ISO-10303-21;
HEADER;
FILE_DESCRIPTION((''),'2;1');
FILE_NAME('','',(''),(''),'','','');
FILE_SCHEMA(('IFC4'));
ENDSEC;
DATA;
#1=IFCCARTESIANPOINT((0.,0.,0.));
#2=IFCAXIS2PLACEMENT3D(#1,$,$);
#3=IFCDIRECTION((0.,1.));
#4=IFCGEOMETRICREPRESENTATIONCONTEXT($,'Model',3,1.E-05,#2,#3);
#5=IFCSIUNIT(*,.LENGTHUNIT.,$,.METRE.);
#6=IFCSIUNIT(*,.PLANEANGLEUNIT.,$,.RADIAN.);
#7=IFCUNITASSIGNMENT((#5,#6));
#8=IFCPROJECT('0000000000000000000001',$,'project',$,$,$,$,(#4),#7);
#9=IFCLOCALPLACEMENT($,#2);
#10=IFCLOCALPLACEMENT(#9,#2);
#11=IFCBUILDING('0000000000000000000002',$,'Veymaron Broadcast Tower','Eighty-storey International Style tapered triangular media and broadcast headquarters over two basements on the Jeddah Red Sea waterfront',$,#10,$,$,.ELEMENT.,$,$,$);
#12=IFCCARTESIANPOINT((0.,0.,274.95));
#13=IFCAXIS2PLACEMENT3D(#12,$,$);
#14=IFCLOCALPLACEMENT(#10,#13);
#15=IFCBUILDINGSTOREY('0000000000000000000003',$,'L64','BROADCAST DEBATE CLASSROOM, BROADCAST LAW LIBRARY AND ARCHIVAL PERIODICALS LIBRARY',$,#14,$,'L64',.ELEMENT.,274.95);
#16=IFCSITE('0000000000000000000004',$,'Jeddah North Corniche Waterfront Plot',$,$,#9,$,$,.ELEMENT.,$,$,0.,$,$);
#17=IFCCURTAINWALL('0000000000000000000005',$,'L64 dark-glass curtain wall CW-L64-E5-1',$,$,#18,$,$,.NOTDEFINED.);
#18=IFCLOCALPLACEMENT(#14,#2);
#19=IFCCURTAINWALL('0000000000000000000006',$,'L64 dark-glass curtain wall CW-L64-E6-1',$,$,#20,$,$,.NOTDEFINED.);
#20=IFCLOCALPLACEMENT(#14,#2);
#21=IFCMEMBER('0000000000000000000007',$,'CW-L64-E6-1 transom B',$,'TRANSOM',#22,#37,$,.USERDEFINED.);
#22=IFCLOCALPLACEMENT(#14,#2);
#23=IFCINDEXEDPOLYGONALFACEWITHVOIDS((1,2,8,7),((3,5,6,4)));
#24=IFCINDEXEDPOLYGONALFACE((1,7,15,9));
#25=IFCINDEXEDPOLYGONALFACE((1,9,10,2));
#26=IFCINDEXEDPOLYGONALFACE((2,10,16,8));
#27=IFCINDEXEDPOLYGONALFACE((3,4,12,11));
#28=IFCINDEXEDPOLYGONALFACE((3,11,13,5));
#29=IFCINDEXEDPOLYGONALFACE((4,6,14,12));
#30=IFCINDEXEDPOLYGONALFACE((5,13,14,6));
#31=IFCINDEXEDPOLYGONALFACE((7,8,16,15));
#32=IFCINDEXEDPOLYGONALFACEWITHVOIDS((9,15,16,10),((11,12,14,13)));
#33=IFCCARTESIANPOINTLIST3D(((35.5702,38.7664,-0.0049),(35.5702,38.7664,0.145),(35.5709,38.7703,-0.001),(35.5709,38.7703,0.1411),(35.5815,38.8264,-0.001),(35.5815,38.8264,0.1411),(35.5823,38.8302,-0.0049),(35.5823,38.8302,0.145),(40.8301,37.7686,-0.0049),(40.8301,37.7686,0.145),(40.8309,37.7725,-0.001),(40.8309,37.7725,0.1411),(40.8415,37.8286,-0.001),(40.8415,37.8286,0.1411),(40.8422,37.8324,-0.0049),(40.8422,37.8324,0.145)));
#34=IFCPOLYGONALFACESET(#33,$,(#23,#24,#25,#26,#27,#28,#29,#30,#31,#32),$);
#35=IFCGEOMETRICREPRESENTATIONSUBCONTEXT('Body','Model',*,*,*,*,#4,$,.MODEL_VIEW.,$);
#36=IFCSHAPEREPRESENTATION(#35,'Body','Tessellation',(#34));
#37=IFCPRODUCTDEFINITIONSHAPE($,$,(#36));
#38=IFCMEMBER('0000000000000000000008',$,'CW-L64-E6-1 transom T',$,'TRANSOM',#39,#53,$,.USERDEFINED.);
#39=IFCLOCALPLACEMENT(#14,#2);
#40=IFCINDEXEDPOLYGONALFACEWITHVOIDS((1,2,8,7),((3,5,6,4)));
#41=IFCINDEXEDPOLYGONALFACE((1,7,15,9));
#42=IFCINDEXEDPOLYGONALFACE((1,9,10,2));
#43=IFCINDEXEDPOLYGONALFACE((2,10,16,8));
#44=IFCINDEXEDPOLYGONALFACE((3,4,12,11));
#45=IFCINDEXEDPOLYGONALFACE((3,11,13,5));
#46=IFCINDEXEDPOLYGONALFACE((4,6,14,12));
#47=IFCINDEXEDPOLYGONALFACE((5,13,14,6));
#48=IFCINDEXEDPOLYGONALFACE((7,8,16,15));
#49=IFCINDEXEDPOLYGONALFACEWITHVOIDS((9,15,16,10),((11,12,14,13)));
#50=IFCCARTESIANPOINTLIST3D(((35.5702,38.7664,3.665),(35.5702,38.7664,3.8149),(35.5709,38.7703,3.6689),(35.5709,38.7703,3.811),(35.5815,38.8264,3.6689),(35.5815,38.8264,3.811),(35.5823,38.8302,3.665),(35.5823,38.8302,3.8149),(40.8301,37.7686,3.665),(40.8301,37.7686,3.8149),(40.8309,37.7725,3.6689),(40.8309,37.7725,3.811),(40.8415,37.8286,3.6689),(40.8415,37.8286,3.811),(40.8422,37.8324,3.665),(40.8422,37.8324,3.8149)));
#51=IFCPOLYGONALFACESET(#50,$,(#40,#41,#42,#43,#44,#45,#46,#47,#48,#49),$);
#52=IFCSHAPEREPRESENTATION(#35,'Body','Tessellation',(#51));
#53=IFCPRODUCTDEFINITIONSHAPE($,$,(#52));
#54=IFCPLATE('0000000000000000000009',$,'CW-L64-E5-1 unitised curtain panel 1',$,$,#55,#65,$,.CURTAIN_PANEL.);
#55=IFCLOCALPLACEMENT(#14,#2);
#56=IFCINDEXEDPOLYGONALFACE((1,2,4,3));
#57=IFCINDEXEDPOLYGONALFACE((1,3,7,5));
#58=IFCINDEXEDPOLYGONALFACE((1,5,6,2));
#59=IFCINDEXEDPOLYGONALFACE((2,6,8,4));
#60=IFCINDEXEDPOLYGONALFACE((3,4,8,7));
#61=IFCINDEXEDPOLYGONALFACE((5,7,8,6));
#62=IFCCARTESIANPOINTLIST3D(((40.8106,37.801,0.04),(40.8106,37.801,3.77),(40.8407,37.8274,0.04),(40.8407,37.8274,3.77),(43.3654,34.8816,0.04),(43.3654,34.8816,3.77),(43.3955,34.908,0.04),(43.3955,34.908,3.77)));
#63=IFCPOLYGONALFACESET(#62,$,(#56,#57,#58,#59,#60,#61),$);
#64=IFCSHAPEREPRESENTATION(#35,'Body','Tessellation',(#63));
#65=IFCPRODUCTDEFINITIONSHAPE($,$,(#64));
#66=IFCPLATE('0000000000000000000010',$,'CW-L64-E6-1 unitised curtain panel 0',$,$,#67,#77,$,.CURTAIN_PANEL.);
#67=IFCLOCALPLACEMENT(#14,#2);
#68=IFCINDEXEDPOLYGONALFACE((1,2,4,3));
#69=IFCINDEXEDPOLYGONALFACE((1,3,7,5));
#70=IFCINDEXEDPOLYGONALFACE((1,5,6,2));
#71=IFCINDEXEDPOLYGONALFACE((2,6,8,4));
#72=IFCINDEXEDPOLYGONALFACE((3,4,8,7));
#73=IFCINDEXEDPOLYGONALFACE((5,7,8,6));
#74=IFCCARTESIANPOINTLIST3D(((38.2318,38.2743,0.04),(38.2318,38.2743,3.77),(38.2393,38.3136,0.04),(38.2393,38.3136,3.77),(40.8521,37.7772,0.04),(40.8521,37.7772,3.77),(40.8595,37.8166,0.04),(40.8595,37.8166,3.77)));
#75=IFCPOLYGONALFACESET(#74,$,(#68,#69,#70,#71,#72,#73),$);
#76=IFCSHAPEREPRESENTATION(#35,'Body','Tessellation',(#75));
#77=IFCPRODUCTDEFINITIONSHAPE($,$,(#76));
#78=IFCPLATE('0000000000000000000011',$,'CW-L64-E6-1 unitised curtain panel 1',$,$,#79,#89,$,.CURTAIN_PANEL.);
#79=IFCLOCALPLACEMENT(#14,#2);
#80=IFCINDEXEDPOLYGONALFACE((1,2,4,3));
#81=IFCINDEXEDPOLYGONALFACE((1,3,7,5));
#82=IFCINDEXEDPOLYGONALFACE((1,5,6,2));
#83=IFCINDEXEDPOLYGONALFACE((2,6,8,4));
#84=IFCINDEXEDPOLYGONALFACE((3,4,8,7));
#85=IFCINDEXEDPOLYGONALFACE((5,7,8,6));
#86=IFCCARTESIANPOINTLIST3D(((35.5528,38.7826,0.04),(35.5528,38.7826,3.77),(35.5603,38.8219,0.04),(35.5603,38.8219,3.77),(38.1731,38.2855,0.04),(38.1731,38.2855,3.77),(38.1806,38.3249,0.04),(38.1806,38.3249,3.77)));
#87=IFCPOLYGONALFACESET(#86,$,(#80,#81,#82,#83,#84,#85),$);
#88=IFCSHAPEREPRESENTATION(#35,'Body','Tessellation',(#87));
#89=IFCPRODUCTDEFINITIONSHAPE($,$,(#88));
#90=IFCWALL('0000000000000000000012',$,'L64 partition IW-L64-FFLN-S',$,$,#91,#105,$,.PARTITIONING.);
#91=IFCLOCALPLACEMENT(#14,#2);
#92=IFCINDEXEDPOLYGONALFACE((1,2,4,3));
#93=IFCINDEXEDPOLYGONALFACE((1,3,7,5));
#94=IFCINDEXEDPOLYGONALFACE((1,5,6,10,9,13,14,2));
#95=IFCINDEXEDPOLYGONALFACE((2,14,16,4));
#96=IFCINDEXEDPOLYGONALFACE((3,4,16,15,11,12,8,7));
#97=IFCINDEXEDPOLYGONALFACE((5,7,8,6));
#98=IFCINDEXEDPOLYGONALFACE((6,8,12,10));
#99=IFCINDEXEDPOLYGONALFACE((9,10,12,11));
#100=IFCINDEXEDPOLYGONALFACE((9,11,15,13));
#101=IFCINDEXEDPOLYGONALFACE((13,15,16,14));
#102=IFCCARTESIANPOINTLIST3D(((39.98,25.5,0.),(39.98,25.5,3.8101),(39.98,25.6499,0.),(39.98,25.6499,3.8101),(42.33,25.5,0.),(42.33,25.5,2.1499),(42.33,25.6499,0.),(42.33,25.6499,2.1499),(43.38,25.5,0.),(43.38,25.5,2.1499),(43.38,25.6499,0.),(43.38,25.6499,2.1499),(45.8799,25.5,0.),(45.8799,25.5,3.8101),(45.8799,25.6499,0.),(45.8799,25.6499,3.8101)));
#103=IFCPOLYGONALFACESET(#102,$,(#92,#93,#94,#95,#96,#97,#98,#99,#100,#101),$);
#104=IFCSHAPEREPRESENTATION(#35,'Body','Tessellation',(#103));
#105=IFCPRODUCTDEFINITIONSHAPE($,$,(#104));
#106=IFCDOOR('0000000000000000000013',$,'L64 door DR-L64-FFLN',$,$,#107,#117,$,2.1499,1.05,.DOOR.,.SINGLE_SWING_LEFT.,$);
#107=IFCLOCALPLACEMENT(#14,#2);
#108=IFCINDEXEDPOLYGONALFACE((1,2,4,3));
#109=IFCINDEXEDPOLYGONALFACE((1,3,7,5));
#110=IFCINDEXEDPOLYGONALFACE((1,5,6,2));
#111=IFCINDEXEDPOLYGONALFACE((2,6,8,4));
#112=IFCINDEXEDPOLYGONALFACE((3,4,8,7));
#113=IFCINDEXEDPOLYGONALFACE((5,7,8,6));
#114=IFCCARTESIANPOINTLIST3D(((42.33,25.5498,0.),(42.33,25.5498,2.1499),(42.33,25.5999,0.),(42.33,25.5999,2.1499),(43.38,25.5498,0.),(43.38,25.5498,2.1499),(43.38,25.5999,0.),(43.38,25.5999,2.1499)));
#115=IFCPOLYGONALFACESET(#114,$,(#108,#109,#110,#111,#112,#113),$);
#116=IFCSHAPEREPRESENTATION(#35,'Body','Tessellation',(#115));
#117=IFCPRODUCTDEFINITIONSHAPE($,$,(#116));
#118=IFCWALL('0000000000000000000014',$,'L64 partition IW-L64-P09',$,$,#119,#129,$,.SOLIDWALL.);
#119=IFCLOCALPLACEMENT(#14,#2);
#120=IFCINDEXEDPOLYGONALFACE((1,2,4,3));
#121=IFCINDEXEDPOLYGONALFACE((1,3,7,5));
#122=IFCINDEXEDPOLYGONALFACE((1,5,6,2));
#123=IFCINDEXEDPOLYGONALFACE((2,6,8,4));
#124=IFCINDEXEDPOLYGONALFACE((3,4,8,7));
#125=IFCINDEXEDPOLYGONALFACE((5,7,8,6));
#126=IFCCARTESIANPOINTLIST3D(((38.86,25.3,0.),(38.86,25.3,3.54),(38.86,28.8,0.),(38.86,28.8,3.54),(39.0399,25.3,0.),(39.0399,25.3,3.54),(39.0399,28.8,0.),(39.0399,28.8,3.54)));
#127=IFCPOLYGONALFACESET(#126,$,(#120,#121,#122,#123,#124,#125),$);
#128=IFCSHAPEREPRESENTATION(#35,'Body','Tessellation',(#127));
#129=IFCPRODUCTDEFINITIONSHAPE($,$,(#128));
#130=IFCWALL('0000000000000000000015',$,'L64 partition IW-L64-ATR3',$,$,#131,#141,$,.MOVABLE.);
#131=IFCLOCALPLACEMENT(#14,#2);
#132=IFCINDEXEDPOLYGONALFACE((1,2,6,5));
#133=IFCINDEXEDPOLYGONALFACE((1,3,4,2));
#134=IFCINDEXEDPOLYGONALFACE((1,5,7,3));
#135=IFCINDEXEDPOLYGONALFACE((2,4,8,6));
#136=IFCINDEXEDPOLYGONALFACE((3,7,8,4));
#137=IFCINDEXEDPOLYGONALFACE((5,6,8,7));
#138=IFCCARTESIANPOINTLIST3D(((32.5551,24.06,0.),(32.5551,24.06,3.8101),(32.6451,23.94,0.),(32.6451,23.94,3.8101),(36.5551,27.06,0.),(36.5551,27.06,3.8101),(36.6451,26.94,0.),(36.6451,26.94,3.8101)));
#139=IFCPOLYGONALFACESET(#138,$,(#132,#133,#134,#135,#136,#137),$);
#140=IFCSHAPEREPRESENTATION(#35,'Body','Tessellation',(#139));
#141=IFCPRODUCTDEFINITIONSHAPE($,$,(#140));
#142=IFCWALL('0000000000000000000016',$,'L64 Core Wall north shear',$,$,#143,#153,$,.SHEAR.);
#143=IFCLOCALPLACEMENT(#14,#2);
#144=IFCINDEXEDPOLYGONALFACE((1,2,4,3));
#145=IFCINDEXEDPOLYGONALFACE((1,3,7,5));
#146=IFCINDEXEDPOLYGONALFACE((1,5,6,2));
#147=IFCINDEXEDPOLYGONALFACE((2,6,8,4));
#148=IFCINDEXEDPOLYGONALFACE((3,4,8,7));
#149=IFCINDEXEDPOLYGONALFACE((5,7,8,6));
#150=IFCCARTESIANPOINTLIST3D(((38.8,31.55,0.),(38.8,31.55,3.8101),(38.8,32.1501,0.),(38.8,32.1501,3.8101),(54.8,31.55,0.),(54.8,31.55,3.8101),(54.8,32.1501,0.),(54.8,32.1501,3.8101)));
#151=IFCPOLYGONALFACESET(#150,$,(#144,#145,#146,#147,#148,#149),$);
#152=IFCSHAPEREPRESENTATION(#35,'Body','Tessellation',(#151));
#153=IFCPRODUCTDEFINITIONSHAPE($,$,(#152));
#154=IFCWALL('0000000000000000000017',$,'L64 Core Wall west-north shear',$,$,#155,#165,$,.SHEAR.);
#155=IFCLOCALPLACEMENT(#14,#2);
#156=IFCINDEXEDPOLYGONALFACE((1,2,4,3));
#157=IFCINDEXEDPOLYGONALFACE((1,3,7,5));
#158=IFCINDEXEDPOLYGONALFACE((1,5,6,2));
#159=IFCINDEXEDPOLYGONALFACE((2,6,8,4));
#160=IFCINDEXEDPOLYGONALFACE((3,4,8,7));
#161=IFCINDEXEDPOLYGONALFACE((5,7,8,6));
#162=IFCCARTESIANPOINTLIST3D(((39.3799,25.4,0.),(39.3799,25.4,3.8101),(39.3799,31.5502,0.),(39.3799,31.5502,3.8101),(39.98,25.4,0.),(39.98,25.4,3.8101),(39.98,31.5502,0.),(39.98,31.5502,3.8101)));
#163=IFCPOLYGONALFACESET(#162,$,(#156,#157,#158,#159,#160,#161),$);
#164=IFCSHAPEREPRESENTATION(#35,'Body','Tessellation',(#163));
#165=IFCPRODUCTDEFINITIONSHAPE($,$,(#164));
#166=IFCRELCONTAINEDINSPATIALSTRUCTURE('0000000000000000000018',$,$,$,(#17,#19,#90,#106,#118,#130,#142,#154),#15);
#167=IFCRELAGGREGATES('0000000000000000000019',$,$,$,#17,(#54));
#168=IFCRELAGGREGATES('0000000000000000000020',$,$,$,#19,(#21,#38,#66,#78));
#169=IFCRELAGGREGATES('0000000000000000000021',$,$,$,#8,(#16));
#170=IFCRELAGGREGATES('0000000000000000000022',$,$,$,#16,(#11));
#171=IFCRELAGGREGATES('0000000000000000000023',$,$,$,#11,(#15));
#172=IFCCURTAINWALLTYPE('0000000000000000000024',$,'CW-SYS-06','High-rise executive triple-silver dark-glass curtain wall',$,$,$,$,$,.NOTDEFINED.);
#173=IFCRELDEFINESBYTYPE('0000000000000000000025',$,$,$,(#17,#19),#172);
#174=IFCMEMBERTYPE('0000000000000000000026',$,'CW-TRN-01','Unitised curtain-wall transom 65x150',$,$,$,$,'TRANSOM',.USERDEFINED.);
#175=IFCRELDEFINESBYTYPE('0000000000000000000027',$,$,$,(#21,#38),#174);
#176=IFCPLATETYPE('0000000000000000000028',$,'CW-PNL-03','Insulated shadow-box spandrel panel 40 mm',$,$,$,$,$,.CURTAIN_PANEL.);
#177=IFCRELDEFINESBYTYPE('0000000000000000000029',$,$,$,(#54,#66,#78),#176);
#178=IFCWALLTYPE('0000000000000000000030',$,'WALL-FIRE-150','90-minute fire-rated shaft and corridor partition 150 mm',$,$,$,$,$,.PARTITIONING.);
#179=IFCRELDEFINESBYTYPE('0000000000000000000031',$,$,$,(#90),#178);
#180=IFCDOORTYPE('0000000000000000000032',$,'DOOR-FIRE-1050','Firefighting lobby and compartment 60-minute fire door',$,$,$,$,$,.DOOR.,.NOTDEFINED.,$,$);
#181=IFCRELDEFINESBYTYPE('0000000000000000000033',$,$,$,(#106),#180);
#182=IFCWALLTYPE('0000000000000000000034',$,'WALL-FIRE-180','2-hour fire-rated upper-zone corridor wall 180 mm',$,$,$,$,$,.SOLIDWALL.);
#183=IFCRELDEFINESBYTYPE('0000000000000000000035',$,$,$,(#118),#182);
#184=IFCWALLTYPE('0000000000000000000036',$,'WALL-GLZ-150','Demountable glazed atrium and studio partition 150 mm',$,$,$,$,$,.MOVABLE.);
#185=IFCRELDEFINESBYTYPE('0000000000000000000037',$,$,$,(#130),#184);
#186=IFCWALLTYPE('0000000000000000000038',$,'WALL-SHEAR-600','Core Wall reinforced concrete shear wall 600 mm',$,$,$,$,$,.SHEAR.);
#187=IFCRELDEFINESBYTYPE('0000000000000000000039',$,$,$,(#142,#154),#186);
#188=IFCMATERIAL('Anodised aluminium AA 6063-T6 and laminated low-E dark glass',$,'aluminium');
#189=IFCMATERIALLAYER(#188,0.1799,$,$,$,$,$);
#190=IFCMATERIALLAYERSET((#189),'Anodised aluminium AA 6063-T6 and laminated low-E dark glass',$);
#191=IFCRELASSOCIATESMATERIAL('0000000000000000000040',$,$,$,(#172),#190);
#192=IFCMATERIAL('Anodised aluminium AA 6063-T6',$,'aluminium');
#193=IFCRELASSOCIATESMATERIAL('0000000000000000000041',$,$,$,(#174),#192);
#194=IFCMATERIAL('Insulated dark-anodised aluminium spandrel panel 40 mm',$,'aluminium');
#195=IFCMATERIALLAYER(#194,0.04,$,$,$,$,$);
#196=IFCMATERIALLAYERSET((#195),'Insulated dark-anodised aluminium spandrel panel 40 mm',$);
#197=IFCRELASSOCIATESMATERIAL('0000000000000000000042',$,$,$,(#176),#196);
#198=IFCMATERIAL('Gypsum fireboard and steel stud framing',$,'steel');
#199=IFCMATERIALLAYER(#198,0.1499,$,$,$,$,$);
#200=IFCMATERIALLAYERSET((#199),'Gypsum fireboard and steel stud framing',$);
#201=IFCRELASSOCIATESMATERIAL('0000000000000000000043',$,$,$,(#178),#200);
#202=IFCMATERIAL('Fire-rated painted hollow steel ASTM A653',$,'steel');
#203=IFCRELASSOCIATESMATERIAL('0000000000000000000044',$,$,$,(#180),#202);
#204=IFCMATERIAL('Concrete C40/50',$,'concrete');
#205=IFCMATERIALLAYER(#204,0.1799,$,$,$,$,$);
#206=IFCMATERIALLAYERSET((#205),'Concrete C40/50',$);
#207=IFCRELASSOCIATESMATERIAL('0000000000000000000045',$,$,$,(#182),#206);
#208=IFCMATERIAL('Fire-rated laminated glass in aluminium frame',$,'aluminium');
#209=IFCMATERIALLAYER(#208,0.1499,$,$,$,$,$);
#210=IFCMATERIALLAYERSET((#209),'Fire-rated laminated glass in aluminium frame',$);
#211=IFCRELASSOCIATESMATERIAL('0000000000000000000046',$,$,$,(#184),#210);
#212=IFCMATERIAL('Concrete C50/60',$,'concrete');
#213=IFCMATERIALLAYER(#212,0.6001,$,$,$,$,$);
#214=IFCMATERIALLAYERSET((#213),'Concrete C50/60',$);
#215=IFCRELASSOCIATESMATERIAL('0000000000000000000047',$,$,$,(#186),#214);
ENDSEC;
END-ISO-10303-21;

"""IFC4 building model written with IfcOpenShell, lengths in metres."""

from ifc_helpers import new_model, si_unit, direction, frame, frame_2d, origin, origin_2d, place, context, subcontext, project, spatial, rectangle, hollow_rectangle, extrude, material, layer, layer_set, material_profile, profile_set, type_object, element, fill, aggregate, save


model = new_model("IFC4")

# Units and contexts
model_context = context("Model", 3, precision=1e-05, world=origin(), true_north=direction((0.0, 1.0)))
body_context = subcontext(model_context, "Body", "Model", "MODEL_VIEW")
ifc_project = project(units=[si_unit("LENGTHUNIT", "METRE"), si_unit("PLANEANGLEUNIT", "RADIAN")], contexts=[model_context])

# Site, building, storey
site_placement = place(None, origin())
site = spatial("IfcSite", under=ifc_project, at=site_placement, Name="Jeddah North Corniche Waterfront Plot", CompositionType="ELEMENT", RefElevation=0.0)
building_placement = place(site_placement, origin())
building = spatial("IfcBuilding", under=site, at=building_placement, Name="Veymaron Broadcast Tower", Description="Eighty-storey International Style tapered triangular media and broadcast headquarters over two basements on the Jeddah Red Sea waterfront", CompositionType="ELEMENT")
storey_placement = place(building_placement, frame((0.0, 0.0, 274.95)))
storey = spatial("IfcBuildingStorey", under=building, at=storey_placement, Name="L64", Description="BROADCAST DEBATE CLASSROOM, BROADCAST LAW LIBRARY AND ARCHIVAL PERIODICALS LIBRARY", LongName="L64", CompositionType="ELEMENT", Elevation=274.95)

# Curtain walls, members
ifc_material_1 = material(Name="Anodised aluminium AA 6063-T6 and laminated low-E dark glass", Category="aluminium")
ifc_layer_1 = layer(ifc_material_1, 0.1799)
ifc_layer_set_1 = layer_set([ifc_layer_1], Name="Anodised aluminium AA 6063-T6 and laminated low-E dark glass")
curtain_wall_type = type_object("IfcCurtainWallType", Name="CW-SYS-06", Description="High-rise executive triple-silver dark-glass curtain wall", PredefinedType="NOTDEFINED", material=ifc_layer_set_1)
curtain_wall_1_placement = place(storey_placement, origin())
curtain_wall_1 = element("IfcCurtainWall", 1, at=curtain_wall_1_placement, inside=storey, type_object=curtain_wall_type, Name="L64 dark-glass curtain wall CW-L64-E5-1", PredefinedType="NOTDEFINED")
ifc_material_2 = material(Name="Anodised aluminium AA 6063-T6", Category="aluminium")
curtain_wall_2_placement = place(storey_placement, origin())
curtain_wall_2 = element("IfcCurtainWall", 2, at=curtain_wall_2_placement, inside=storey, type_object=curtain_wall_type, Name="L64 dark-glass curtain wall CW-L64-E6-1", PredefinedType="NOTDEFINED")
ifc_material_profile_1 = material_profile(ifc_material_2, hollow_rectangle(XDim=0.0649, YDim=0.1499, WallThickness=0.0039, at=origin_2d()), Name="AL150X65X4")
ifc_profile_set_1 = profile_set([ifc_material_profile_1], Name="Anodised aluminium AA 6063-T6")
member_type_1 = type_object("IfcMemberType", Name="CW-TRN-01", Description="Unitised curtain-wall transom 65x150", ElementType="TRANSOM", PredefinedType="USERDEFINED", material=ifc_profile_set_1)
member_1_placement = place(storey_placement, frame((40.8362, 37.8005, 0.0701), z_axis=(-0.982479, 0.186372, 0.0), x_axis=(-0.186372, -0.982479, 0.0)))
member_1 = element("IfcMember", 3, at=member_1_placement, type_object=member_type_1, Name="CW-L64-E6-1 transom B", ObjectType="TRANSOM", PredefinedType="USERDEFINED", context=body_context, shape_type="SweptSolid", body=[
    extrude(hollow_rectangle(XDim=0.0649, YDim=0.1499, WallThickness=0.0039, at=origin_2d()), origin(), (0.0, 0.0, 1.0), 5.3538),
])
member_2_placement = place(storey_placement, frame((40.8362, 37.8005, 3.74), z_axis=(-0.982479, 0.186372, 0.0), x_axis=(-0.186372, -0.982479, 0.0)))
member_2 = element("IfcMember", 4, at=member_2_placement, type_object=member_type_1, Name="CW-L64-E6-1 transom T", ObjectType="TRANSOM", PredefinedType="USERDEFINED", context=body_context, shape_type="SweptSolid", body=[
    extrude(hollow_rectangle(XDim=0.0649, YDim=0.1499, WallThickness=0.0039, at=origin_2d()), origin(), (0.0, 0.0, 1.0), 5.3538),
])

# Plates
ifc_material_3 = material(Name="Insulated dark-anodised aluminium spandrel panel 40 mm", Category="aluminium")
ifc_layer_2 = layer(ifc_material_3, 0.04)
ifc_layer_set_2 = layer_set([ifc_layer_2], Name="Insulated dark-anodised aluminium spandrel panel 40 mm")
plate_type = type_object("IfcPlateType", Name="CW-PNL-03", Description="Insulated shadow-box spandrel panel 40 mm", PredefinedType="CURTAIN_PANEL", material=ifc_layer_set_2)
plate_1_placement = place(storey_placement, frame((42.103, 36.3545, 0.04), z_axis=(0.0, 0.0, 1.0), x_axis=(-0.658558, 0.75253, 0.0)))
plate_1 = element("IfcPlate", 5, at=plate_1_placement, type_object=plate_type, Name="CW-L64-E5-1 unitised curtain panel 1", PredefinedType="CURTAIN_PANEL", context=body_context, shape_type="SweptSolid", body=[
    extrude(rectangle(XDim=3.8794, YDim=0.04, at=origin_2d()), origin(), (0.0, 0.0, 1.0), 3.73),
])
aggregate(curtain_wall_1, [plate_1])
plate_2_placement = place(storey_placement, frame((39.5457, 38.0454, 0.04), z_axis=(0.0, 0.0, 1.0), x_axis=(-0.98248, 0.18637, 0.0)))
plate_2 = element("IfcPlate", 6, at=plate_2_placement, type_object=plate_type, Name="CW-L64-E6-1 unitised curtain panel 0", PredefinedType="CURTAIN_PANEL", context=body_context, shape_type="SweptSolid", body=[
    extrude(rectangle(XDim=2.667, YDim=0.04, at=origin_2d()), origin(), (0.0, 0.0, 1.0), 3.73),
])
plate_3_placement = place(storey_placement, frame((36.8667, 38.5537, 0.04), z_axis=(0.0, 0.0, 1.0), x_axis=(-0.98248, 0.18637, 0.0)))
plate_3 = element("IfcPlate", 7, at=plate_3_placement, type_object=plate_type, Name="CW-L64-E6-1 unitised curtain panel 1", PredefinedType="CURTAIN_PANEL", context=body_context, shape_type="SweptSolid", body=[
    extrude(rectangle(XDim=2.667, YDim=0.04, at=origin_2d()), origin(), (0.0, 0.0, 1.0), 3.73),
])
aggregate(curtain_wall_2, [member_1, member_2, plate_2, plate_3])

# Wall, opening, door
ifc_material_4 = material(Name="Gypsum fireboard and steel stud framing", Category="steel")
ifc_layer_3 = layer(ifc_material_4, 0.1499)
ifc_layer_set_3 = layer_set([ifc_layer_3], Name="Gypsum fireboard and steel stud framing")
wall_type_1 = type_object("IfcWallType", Name="WALL-FIRE-150", Description="90-minute fire-rated shaft and corridor partition 150 mm", PredefinedType="PARTITIONING", material=ifc_layer_set_3)
wall_1_placement = place(storey_placement, frame((39.98, 25.575, 0.0), z_axis=(0.0, 0.0, 1.0), x_axis=(1.0, 0.0, 0.0)))
wall_1 = element("IfcWall", 8, at=wall_1_placement, inside=storey, type_object=wall_type_1, Name="L64 partition IW-L64-FFLN-S", PredefinedType="PARTITIONING", context=body_context, shape_type="SweptSolid", body=[
    extrude(rectangle(XDim=5.8999, YDim=0.1499, at=frame_2d((2.95, 0.0))), origin(), (0.0, 0.0, 1.0), 3.8101),
])
opening_1_placement = place(wall_1_placement, frame((2.3501, 0.0, 0.0)))
opening_1 = element("IfcOpeningElement", 9, at=opening_1_placement, cuts=wall_1, PredefinedType="OPENING", context=body_context, shape_type="SweptSolid", body=[
    extrude(rectangle(XDim=1.05, YDim=2.1499, at=frame_2d((0.5249, 1.075))), frame((0.0, 0.085, 0.0), z_axis=(0.0, -1.0, 0.0), x_axis=(1.0, 0.0, 0.0)), (0.0, 0.0, 1.0), 0.1699),
])
ifc_material_5 = material(Name="Fire-rated painted hollow steel ASTM A653", Category="steel")
door_type_1 = type_object("IfcDoorType", Name="DOOR-FIRE-1050", Description="Firefighting lobby and compartment 60-minute fire door", OperationType="NOTDEFINED", PredefinedType="DOOR", material=ifc_material_5)
door_1_placement = place(opening_1_placement, origin())
door_1 = element("IfcDoor", 10, at=door_1_placement, inside=storey, type_object=door_type_1, Name="L64 door DR-L64-FFLN", OperationType="SINGLE_SWING_LEFT", OverallHeight=2.1499, OverallWidth=1.05, PredefinedType="DOOR", context=body_context, shape_type="SweptSolid", body=[
    extrude(rectangle(XDim=1.05, YDim=2.1499, at=frame_2d((0.5249, 1.075))), frame((0.0, 0.0249, 0.0), z_axis=(0.0, -1.0, 0.0), x_axis=(1.0, 0.0, 0.0)), (0.0, 0.0, 1.0), 0.05),
])
fill(opening_1, door_1)
ifc_material_6 = material(Name="Concrete C40/50", Category="concrete")
ifc_layer_4 = layer(ifc_material_6, 0.1799)
ifc_layer_set_4 = layer_set([ifc_layer_4], Name="Concrete C40/50")
wall_type_2 = type_object("IfcWallType", Name="WALL-FIRE-180", Description="2-hour fire-rated upper-zone corridor wall 180 mm", PredefinedType="SOLIDWALL", material=ifc_layer_set_4)

# Walls
wall_2_placement = place(storey_placement, frame((38.95, 25.3, 0.0), z_axis=(0.0, 0.0, 1.0), x_axis=(0.0, 1.0, 0.0)))
element("IfcWall", 11, at=wall_2_placement, inside=storey, type_object=wall_type_2, Name="L64 partition IW-L64-P09", PredefinedType="SOLIDWALL", context=body_context, shape_type="SweptSolid", body=[
    extrude(rectangle(XDim=3.5, YDim=0.1799, at=frame_2d((1.75, 0.0))), origin(), (0.0, 0.0, 1.0), 3.54),
])
ifc_material_7 = material(Name="Fire-rated laminated glass in aluminium frame", Category="aluminium")
ifc_layer_5 = layer(ifc_material_7, 0.1499)
ifc_layer_set_5 = layer_set([ifc_layer_5], Name="Fire-rated laminated glass in aluminium frame")
wall_type_3 = type_object("IfcWallType", Name="WALL-GLZ-150", Description="Demountable glazed atrium and studio partition 150 mm", PredefinedType="MOVABLE", material=ifc_layer_set_5)
wall_3_placement = place(storey_placement, frame((36.6001, 27.0, 0.0), z_axis=(0.0, 0.0, 1.0), x_axis=(-0.8, -0.6, 0.0)))
element("IfcWall", 12, at=wall_3_placement, inside=storey, type_object=wall_type_3, Name="L64 partition IW-L64-ATR3", PredefinedType="MOVABLE", context=body_context, shape_type="SweptSolid", body=[
    extrude(rectangle(XDim=5.0, YDim=0.1499, at=frame_2d((2.5, 0.0))), origin(), (0.0, 0.0, 1.0), 3.8101),
])

# Shared definitions
ifc_material_8 = material(Name="Concrete C50/60", Category="concrete")

# Walls
ifc_layer_6 = layer(ifc_material_8, 0.6001)
ifc_layer_set_6 = layer_set([ifc_layer_6], Name="Concrete C50/60")
wall_type_4 = type_object("IfcWallType", Name="WALL-SHEAR-600", Description="Core Wall reinforced concrete shear wall 600 mm", PredefinedType="SHEAR", material=ifc_layer_set_6)
wall_4_placement = place(storey_placement, frame((38.8, 31.8501, 0.0), z_axis=(0.0, 0.0, 1.0), x_axis=(1.0, 0.0, 0.0)))
element("IfcWall", 13, at=wall_4_placement, inside=storey, type_object=wall_type_4, Name="L64 Core Wall north shear", PredefinedType="SHEAR", context=body_context, shape_type="SweptSolid", body=[
    extrude(rectangle(XDim=16.0, YDim=0.6001, at=frame_2d((8.0, 0.0))), origin(), (0.0, 0.0, 1.0), 3.8101),
])
wall_5_placement = place(storey_placement, frame((39.6799, 25.3999, 0.0), z_axis=(0.0, 0.0, 1.0), x_axis=(0.0, 1.0, 0.0)))
element("IfcWall", 14, at=wall_5_placement, inside=storey, type_object=wall_type_4, Name="L64 Core Wall west-north shear", PredefinedType="SHEAR", context=body_context, shape_type="SweptSolid", body=[
    extrude(rectangle(XDim=6.1501, YDim=0.6001, at=frame_2d((3.0752, 0.0))), origin(), (0.0, 0.0, 1.0), 3.8101),
])

save(model, "model.ifc")
